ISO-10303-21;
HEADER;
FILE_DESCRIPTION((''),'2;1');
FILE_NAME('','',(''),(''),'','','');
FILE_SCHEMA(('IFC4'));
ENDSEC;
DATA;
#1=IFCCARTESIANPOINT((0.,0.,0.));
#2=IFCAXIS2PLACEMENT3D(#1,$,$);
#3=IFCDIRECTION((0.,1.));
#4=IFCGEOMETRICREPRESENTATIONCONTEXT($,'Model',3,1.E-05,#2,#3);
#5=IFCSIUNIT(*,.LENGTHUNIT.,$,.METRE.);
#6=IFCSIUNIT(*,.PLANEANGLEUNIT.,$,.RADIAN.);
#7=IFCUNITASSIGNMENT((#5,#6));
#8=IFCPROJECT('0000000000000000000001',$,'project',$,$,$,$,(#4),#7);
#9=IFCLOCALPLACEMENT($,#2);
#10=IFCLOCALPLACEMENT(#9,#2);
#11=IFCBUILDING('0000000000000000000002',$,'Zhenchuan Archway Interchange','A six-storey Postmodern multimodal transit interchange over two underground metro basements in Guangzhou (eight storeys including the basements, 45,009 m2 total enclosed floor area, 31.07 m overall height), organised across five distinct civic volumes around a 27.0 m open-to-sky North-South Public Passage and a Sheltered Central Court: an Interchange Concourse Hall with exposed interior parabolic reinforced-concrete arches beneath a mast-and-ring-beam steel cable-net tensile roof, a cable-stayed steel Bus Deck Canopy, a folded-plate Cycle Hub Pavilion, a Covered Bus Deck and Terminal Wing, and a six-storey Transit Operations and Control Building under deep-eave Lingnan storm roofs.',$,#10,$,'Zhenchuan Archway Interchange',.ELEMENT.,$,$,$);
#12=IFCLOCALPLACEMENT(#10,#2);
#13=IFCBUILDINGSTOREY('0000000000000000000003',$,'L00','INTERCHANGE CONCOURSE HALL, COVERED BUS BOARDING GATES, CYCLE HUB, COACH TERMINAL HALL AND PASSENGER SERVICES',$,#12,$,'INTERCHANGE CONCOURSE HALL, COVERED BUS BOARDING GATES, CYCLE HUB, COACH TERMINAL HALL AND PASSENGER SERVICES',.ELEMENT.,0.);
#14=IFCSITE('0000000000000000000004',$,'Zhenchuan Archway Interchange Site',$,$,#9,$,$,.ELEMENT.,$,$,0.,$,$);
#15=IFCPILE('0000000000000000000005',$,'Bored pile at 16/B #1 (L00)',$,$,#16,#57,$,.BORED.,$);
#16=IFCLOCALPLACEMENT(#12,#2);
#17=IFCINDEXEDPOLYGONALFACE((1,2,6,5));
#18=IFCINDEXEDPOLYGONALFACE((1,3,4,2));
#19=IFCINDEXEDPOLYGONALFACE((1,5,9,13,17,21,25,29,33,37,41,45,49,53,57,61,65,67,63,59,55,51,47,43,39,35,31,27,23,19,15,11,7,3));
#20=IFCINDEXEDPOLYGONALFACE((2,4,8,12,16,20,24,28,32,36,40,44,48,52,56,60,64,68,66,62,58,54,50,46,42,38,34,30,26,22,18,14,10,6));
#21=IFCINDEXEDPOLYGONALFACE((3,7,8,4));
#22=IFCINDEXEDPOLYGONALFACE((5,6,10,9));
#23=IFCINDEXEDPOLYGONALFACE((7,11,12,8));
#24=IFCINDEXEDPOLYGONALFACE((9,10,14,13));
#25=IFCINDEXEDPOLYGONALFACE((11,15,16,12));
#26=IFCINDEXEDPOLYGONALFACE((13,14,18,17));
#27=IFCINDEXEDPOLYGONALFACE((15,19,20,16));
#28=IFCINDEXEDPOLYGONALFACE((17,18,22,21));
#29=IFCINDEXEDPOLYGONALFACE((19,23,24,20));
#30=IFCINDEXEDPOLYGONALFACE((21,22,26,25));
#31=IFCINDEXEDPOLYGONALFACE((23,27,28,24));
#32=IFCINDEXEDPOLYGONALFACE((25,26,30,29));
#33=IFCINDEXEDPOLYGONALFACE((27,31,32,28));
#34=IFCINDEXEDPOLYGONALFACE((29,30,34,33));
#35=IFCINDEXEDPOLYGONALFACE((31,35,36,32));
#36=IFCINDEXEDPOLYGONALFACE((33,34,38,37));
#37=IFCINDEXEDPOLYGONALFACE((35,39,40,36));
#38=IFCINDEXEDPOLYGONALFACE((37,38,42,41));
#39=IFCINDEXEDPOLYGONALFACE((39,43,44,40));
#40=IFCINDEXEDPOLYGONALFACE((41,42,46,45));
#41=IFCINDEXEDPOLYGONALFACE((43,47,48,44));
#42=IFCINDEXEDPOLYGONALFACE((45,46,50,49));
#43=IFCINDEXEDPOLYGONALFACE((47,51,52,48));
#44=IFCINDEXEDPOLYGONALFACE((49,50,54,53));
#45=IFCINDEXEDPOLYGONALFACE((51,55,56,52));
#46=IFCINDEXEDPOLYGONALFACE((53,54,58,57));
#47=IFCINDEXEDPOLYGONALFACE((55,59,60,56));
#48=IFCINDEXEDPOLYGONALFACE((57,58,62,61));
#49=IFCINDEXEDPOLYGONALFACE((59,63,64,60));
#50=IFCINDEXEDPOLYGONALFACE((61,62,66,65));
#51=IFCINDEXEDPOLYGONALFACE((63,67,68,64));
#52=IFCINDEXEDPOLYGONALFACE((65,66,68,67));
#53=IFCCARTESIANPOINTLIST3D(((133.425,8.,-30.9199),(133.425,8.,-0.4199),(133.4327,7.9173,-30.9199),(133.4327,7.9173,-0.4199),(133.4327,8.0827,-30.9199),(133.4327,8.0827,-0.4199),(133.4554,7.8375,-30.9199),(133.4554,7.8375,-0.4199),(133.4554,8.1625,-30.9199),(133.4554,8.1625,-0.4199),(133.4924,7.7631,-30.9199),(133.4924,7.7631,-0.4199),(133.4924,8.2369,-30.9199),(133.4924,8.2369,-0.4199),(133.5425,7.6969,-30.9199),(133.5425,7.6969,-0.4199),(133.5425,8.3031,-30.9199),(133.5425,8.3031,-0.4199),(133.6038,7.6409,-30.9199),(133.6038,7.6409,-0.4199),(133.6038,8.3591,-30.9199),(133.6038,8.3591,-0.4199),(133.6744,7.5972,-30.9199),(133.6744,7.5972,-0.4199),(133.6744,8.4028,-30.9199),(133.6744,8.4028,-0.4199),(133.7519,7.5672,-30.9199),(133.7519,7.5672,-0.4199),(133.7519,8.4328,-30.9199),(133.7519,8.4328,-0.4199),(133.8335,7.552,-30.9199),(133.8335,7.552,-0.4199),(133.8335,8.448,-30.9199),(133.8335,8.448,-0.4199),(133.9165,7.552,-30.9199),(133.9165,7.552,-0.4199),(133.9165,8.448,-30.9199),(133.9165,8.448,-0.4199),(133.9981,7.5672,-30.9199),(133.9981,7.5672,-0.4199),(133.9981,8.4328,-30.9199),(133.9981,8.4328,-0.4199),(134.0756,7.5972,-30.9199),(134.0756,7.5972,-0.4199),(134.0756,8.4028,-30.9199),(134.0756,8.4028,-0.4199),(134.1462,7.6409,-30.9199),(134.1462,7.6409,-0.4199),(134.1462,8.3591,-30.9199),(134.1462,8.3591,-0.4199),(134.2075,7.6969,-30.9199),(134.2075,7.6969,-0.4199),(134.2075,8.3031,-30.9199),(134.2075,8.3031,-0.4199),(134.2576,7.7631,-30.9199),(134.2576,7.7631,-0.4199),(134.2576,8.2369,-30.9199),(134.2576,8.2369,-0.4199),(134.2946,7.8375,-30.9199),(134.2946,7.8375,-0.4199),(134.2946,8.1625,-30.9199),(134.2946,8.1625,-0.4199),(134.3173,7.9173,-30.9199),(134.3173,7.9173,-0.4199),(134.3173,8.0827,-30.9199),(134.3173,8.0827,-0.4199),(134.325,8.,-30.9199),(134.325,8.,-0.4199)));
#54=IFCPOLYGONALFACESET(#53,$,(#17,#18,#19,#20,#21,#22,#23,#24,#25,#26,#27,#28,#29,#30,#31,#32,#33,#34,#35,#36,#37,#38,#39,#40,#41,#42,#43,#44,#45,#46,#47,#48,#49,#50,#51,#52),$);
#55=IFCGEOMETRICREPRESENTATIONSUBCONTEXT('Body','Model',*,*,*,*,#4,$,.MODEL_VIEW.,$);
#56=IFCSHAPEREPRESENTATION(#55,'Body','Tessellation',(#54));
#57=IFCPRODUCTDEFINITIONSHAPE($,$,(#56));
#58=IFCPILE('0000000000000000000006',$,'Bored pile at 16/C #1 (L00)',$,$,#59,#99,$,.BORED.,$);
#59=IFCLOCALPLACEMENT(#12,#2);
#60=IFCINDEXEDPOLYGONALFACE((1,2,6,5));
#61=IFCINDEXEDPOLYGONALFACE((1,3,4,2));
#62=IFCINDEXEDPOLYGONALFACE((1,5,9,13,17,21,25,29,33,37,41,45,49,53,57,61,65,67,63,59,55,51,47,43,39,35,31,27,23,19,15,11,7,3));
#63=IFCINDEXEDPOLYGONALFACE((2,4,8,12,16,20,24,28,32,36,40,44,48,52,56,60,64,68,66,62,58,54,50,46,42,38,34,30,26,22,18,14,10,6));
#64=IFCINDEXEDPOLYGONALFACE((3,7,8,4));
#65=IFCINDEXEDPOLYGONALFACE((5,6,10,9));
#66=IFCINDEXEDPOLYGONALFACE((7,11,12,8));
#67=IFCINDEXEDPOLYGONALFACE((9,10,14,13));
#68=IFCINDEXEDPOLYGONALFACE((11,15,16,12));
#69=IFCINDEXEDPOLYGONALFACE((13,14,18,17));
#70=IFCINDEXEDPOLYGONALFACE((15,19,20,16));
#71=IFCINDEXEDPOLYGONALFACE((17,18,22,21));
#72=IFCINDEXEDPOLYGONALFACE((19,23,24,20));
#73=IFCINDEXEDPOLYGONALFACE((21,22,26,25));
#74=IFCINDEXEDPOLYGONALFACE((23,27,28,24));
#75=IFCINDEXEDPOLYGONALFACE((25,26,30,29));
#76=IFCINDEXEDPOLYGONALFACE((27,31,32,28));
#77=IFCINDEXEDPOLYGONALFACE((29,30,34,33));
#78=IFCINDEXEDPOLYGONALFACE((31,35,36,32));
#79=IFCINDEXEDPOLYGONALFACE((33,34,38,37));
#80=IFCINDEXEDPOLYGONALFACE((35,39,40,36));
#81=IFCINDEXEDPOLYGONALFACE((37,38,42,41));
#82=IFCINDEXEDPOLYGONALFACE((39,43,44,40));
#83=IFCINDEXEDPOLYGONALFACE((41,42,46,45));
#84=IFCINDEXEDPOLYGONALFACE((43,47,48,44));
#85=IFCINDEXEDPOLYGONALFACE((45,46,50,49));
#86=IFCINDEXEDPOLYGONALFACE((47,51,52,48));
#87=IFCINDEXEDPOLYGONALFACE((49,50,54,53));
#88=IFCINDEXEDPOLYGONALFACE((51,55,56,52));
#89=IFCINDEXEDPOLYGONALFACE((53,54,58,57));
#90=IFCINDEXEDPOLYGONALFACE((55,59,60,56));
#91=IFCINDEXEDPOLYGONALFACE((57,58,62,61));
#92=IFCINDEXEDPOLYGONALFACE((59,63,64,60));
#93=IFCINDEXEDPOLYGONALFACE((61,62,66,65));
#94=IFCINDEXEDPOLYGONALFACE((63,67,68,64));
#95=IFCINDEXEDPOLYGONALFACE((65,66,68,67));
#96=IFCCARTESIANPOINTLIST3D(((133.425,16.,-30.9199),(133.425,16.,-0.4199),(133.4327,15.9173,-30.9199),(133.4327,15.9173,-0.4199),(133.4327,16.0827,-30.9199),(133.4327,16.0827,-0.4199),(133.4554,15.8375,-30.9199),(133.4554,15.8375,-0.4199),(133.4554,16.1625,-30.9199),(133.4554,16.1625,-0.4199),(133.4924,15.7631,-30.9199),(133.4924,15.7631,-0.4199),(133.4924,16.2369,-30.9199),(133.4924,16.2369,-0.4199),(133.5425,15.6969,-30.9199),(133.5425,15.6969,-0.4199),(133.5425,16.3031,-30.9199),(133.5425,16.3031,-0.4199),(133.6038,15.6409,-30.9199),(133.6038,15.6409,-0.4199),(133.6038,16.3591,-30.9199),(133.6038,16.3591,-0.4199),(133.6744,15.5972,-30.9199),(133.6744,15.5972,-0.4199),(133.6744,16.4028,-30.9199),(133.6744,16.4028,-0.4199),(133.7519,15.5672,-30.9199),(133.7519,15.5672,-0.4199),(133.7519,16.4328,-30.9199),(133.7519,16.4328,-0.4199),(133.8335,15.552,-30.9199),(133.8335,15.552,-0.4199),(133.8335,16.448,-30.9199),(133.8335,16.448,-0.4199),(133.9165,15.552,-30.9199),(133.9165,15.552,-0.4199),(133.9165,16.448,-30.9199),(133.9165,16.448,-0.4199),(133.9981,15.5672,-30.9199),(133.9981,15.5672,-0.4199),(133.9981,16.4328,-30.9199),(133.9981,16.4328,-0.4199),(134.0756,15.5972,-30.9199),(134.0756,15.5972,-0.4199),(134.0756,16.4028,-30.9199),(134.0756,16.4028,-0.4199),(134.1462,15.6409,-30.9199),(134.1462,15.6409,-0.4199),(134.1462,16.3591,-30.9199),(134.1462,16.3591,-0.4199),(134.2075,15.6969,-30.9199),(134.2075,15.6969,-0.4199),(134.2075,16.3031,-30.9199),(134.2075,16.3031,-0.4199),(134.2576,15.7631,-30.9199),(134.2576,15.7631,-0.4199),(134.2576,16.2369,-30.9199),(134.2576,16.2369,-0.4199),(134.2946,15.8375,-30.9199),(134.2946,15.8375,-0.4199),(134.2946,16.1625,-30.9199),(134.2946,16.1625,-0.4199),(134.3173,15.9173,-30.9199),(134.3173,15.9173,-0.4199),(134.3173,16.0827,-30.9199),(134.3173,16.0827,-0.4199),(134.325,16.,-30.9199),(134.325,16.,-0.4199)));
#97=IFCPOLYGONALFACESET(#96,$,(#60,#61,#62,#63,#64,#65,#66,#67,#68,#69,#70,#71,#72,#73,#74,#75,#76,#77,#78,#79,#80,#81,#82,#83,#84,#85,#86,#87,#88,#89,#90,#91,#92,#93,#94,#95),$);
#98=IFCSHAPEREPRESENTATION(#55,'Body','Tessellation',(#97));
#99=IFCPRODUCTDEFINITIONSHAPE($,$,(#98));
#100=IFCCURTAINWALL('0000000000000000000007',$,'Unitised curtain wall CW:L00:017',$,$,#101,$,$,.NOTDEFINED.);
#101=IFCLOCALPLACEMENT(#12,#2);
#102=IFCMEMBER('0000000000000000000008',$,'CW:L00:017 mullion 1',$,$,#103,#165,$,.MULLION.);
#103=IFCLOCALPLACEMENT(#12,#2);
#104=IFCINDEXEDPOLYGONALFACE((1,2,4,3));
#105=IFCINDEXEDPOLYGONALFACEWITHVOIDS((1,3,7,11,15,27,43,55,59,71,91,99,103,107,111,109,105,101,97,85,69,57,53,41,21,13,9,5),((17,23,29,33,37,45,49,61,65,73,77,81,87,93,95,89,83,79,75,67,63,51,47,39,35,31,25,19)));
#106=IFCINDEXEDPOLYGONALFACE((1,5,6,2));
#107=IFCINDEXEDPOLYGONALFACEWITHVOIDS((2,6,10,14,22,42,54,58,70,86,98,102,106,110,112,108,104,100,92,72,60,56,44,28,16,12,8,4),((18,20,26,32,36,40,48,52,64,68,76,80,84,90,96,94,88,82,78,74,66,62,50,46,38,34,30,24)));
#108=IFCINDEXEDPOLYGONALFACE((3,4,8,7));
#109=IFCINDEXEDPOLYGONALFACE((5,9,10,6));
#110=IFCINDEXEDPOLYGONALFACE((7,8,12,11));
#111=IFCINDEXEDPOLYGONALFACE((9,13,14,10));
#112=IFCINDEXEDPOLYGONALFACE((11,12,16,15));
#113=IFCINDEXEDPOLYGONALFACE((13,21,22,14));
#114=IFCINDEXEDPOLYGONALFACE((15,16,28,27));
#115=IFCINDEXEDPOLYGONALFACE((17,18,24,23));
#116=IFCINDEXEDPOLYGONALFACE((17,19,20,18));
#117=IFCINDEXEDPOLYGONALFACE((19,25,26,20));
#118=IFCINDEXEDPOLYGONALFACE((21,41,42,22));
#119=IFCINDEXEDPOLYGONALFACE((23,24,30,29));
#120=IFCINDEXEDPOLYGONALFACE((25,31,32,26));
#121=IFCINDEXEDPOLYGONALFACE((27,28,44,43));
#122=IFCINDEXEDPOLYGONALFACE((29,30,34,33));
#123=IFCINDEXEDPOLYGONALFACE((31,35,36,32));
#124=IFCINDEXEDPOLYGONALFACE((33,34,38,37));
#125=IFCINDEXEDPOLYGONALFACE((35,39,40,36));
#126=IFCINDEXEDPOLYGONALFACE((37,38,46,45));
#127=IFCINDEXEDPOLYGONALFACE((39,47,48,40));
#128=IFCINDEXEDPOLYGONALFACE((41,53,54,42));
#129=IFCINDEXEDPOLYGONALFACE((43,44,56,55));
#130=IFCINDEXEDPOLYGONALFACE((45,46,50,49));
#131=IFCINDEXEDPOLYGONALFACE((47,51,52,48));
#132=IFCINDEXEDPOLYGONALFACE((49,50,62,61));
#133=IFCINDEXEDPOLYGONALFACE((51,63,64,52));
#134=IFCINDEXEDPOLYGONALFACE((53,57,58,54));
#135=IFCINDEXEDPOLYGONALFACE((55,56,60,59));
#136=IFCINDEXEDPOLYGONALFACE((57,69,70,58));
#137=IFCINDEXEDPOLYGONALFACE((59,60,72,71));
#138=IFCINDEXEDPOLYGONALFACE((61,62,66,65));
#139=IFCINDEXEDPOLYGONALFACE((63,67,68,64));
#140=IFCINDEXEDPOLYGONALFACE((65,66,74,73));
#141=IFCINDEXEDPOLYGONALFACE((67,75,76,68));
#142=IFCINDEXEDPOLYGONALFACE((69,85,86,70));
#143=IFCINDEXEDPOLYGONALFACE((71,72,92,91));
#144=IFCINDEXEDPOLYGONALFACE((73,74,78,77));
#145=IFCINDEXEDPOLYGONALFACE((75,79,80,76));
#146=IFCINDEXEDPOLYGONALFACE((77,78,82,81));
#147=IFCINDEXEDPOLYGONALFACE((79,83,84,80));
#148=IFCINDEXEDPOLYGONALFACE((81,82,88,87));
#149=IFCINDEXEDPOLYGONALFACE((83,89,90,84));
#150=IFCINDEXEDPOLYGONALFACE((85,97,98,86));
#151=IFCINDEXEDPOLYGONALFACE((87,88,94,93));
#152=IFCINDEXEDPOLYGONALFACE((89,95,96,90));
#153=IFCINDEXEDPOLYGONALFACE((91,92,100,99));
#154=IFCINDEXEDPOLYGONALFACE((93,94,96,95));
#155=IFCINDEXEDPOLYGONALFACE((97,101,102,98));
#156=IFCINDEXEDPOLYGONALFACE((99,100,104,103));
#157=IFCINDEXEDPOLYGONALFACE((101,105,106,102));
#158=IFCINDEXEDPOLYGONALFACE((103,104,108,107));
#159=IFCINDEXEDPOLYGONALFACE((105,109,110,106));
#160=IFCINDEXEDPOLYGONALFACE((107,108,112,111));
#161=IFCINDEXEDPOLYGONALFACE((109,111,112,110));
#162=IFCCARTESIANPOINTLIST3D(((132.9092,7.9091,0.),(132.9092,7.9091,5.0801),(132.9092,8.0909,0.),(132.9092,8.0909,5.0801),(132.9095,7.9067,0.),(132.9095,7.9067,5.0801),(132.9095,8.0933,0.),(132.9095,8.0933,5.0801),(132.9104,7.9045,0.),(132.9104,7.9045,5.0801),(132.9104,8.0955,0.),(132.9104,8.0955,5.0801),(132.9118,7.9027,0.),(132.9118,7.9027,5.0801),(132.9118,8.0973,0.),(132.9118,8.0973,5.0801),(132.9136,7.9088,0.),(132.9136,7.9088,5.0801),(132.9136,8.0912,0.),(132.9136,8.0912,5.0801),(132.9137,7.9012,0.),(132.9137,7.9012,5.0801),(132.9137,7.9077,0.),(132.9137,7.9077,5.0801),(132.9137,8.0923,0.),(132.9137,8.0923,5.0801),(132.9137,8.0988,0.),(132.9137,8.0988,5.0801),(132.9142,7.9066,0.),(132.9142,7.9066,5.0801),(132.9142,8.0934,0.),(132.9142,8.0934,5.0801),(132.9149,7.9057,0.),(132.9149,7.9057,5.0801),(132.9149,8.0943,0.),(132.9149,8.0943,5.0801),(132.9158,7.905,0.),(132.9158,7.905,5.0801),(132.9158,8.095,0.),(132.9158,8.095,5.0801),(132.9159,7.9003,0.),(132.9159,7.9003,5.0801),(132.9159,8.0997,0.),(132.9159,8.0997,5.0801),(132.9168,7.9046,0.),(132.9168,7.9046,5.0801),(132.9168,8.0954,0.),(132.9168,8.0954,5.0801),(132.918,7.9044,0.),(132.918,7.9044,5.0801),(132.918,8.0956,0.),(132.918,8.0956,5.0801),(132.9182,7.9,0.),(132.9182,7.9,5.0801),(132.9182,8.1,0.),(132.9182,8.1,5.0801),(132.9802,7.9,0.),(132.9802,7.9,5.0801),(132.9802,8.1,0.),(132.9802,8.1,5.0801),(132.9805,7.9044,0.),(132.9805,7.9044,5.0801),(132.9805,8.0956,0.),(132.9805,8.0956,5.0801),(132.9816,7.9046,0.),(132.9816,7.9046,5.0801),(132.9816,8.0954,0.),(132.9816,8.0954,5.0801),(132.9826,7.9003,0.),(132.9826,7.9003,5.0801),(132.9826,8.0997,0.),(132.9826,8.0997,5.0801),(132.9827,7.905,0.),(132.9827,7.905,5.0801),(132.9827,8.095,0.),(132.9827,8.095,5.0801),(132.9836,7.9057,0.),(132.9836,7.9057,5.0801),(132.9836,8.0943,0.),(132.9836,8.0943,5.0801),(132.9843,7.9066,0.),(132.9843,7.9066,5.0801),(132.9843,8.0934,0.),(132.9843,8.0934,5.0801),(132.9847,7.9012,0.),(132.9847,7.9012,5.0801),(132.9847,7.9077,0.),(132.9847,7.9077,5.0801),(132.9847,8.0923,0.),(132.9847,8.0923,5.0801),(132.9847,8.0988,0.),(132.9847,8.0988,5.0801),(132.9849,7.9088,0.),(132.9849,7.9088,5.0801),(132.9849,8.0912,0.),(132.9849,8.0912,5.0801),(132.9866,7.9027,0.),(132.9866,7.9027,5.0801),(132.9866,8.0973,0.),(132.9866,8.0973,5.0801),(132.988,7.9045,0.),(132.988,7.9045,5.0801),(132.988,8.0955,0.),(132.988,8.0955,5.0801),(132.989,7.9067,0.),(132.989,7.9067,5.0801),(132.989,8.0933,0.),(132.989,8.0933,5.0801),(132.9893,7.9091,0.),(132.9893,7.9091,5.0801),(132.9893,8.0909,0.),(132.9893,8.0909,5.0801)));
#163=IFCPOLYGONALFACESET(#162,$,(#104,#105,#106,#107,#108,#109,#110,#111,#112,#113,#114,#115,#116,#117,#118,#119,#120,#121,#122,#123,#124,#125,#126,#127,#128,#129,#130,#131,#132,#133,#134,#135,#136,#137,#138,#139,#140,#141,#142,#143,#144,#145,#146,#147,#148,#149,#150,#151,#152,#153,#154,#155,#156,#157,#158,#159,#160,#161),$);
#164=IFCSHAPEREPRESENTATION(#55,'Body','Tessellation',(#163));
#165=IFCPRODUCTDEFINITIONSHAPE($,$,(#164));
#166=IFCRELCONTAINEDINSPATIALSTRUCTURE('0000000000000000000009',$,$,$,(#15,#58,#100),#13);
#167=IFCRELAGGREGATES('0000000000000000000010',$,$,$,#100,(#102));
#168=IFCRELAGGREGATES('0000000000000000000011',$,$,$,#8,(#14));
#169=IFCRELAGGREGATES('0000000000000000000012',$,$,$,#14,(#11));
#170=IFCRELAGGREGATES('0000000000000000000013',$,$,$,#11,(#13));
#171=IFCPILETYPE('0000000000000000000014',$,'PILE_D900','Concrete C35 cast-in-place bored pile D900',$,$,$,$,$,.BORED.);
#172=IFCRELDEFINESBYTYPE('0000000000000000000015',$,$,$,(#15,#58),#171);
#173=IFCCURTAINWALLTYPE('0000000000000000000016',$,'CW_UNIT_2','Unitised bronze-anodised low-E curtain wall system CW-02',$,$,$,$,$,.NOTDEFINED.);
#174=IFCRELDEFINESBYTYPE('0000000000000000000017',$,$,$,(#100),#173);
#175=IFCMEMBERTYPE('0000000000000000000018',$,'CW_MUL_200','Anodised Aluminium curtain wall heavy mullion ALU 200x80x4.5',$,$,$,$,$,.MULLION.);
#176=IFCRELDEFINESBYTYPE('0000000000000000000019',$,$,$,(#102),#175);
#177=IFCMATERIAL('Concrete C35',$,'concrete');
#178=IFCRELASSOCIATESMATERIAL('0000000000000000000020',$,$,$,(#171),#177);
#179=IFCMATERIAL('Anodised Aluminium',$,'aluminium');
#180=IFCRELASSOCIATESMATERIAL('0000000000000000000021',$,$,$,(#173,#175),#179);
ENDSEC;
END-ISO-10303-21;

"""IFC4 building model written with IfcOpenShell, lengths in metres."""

from ifc_helpers import new_model, si_unit, direction, frame, origin, origin_2d, place, context, subcontext, project, spatial, hollow_rectangle, circle, extrude, material, material_profile, profile_set, type_object, element, aggregate, save


model = new_model("IFC4")

# Units and contexts
model_context = context("Model", 3, precision=1e-05, world=origin(), true_north=direction((0.0, 1.0)))
body_context = subcontext(model_context, "Body", "Model", "MODEL_VIEW")
ifc_project = project(units=[si_unit("LENGTHUNIT", "METRE"), si_unit("PLANEANGLEUNIT", "RADIAN")], contexts=[model_context])

# Site, building, storey
site_placement = place(None, origin())
site = spatial("IfcSite", under=ifc_project, at=site_placement, Name="Zhenchuan Archway Interchange Site", CompositionType="ELEMENT", RefElevation=0.0)
building_placement = place(site_placement, origin())
building = spatial("IfcBuilding", under=site, at=building_placement, Name="Zhenchuan Archway Interchange", Description="A six-storey Postmodern multimodal transit interchange over two underground metro basements in Guangzhou (eight storeys including the basements, 45,009 m2 total enclosed floor area, 31.07 m overall height), organised across five distinct civic volumes around a 27.0 m open-to-sky North-South Public Passage and a Sheltered Central Court: an Interchange Concourse Hall with exposed interior parabolic reinforced-concrete arches beneath a mast-and-ring-beam steel cable-net tensile roof, a cable-stayed steel Bus Deck Canopy, a folded-plate Cycle Hub Pavilion, a Covered Bus Deck and Terminal Wing, and a six-storey Transit Operations and Control Building under deep-eave Lingnan storm roofs.", LongName="Zhenchuan Archway Interchange", CompositionType="ELEMENT")
storey_placement = place(building_placement, origin())
storey = spatial("IfcBuildingStorey", under=building, at=storey_placement, Name="L00", Description="INTERCHANGE CONCOURSE HALL, COVERED BUS BOARDING GATES, CYCLE HUB, COACH TERMINAL HALL AND PASSENGER SERVICES", LongName="INTERCHANGE CONCOURSE HALL, COVERED BUS BOARDING GATES, CYCLE HUB, COACH TERMINAL HALL AND PASSENGER SERVICES", CompositionType="ELEMENT", Elevation=0.0)

# Piles
ifc_material_1 = material(Name="Concrete C35", Category="concrete")
ifc_material_profile_1 = material_profile(ifc_material_1, circle(Radius=0.45, at=origin_2d()), Name="BORED PILE 900")
ifc_profile_set_1 = profile_set([ifc_material_profile_1], Name="Concrete C35")
pile_type = type_object("IfcPileType", Name="PILE_D900", Description="Concrete C35 cast-in-place bored pile D900", PredefinedType="BORED", material=ifc_profile_set_1)
for number, where, z_axis, x_axis, name in (
    (1, (133.875, 8.0, -0.4199), (0.0, 0.0, -1.0), (1.0, 0.0, 0.0), "Bored pile at 16/B #1 (L00)"),
    (2, (133.875, 16.0, -0.4199), (0.0, 0.0, -1.0), (1.0, 0.0, 0.0), "Bored pile at 16/C #1 (L00)"),
):
    element("IfcPile", number, at=place(storey_placement, frame(where, z_axis=z_axis, x_axis=x_axis)), inside=storey, type_object=pile_type, Name=name, PredefinedType="BORED", context=body_context, shape_type="SweptSolid", body=[
        extrude(circle(Radius=0.45, at=origin_2d()), origin(), (0.0, 0.0, 1.0), 30.5),
    ])

# Curtain wall, member
ifc_material_2 = material(Name="Anodised Aluminium", Category="aluminium")
curtain_wall_type = type_object("IfcCurtainWallType", Name="CW_UNIT_2", Description="Unitised bronze-anodised low-E curtain wall system CW-02", PredefinedType="NOTDEFINED", material=ifc_material_2)
curtain_wall_placement = place(storey_placement, origin())
curtain_wall = element("IfcCurtainWall", 3, at=curtain_wall_placement, inside=storey, type_object=curtain_wall_type, Name="Unitised curtain wall CW:L00:017", PredefinedType="NOTDEFINED")
ifc_material_profile_2 = material_profile(ifc_material_2, hollow_rectangle(XDim=0.0801, YDim=0.2, WallThickness=0.0044, InnerFilletRadius=0.0044, OuterFilletRadius=0.009, at=origin_2d()), Name="ALU 200x80x4.5")
ifc_profile_set_2 = profile_set([ifc_material_profile_2], Name="Anodised Aluminium")
member_type_1 = type_object("IfcMemberType", Name="CW_MUL_200", Description="Anodised Aluminium curtain wall heavy mullion ALU 200x80x4.5", PredefinedType="MULLION", material=ifc_profile_set_2)
member_1_placement = place(storey_placement, frame((132.9492, 8.0, 0.0), z_axis=(0.0, 0.0, 1.0), x_axis=(1.0, 0.0, 0.0)))
member_1 = element("IfcMember", 4, at=member_1_placement, type_object=member_type_1, Name="CW:L00:017 mullion 1", PredefinedType="MULLION", context=body_context, shape_type="SweptSolid", body=[
    extrude(hollow_rectangle(XDim=0.0801, YDim=0.2, WallThickness=0.0044, InnerFilletRadius=0.0044, OuterFilletRadius=0.009, at=origin_2d()), origin(), (0.0, 0.0, 1.0), 5.0801),
])

aggregate(curtain_wall, [member_1])

save(model, "model.ifc")
